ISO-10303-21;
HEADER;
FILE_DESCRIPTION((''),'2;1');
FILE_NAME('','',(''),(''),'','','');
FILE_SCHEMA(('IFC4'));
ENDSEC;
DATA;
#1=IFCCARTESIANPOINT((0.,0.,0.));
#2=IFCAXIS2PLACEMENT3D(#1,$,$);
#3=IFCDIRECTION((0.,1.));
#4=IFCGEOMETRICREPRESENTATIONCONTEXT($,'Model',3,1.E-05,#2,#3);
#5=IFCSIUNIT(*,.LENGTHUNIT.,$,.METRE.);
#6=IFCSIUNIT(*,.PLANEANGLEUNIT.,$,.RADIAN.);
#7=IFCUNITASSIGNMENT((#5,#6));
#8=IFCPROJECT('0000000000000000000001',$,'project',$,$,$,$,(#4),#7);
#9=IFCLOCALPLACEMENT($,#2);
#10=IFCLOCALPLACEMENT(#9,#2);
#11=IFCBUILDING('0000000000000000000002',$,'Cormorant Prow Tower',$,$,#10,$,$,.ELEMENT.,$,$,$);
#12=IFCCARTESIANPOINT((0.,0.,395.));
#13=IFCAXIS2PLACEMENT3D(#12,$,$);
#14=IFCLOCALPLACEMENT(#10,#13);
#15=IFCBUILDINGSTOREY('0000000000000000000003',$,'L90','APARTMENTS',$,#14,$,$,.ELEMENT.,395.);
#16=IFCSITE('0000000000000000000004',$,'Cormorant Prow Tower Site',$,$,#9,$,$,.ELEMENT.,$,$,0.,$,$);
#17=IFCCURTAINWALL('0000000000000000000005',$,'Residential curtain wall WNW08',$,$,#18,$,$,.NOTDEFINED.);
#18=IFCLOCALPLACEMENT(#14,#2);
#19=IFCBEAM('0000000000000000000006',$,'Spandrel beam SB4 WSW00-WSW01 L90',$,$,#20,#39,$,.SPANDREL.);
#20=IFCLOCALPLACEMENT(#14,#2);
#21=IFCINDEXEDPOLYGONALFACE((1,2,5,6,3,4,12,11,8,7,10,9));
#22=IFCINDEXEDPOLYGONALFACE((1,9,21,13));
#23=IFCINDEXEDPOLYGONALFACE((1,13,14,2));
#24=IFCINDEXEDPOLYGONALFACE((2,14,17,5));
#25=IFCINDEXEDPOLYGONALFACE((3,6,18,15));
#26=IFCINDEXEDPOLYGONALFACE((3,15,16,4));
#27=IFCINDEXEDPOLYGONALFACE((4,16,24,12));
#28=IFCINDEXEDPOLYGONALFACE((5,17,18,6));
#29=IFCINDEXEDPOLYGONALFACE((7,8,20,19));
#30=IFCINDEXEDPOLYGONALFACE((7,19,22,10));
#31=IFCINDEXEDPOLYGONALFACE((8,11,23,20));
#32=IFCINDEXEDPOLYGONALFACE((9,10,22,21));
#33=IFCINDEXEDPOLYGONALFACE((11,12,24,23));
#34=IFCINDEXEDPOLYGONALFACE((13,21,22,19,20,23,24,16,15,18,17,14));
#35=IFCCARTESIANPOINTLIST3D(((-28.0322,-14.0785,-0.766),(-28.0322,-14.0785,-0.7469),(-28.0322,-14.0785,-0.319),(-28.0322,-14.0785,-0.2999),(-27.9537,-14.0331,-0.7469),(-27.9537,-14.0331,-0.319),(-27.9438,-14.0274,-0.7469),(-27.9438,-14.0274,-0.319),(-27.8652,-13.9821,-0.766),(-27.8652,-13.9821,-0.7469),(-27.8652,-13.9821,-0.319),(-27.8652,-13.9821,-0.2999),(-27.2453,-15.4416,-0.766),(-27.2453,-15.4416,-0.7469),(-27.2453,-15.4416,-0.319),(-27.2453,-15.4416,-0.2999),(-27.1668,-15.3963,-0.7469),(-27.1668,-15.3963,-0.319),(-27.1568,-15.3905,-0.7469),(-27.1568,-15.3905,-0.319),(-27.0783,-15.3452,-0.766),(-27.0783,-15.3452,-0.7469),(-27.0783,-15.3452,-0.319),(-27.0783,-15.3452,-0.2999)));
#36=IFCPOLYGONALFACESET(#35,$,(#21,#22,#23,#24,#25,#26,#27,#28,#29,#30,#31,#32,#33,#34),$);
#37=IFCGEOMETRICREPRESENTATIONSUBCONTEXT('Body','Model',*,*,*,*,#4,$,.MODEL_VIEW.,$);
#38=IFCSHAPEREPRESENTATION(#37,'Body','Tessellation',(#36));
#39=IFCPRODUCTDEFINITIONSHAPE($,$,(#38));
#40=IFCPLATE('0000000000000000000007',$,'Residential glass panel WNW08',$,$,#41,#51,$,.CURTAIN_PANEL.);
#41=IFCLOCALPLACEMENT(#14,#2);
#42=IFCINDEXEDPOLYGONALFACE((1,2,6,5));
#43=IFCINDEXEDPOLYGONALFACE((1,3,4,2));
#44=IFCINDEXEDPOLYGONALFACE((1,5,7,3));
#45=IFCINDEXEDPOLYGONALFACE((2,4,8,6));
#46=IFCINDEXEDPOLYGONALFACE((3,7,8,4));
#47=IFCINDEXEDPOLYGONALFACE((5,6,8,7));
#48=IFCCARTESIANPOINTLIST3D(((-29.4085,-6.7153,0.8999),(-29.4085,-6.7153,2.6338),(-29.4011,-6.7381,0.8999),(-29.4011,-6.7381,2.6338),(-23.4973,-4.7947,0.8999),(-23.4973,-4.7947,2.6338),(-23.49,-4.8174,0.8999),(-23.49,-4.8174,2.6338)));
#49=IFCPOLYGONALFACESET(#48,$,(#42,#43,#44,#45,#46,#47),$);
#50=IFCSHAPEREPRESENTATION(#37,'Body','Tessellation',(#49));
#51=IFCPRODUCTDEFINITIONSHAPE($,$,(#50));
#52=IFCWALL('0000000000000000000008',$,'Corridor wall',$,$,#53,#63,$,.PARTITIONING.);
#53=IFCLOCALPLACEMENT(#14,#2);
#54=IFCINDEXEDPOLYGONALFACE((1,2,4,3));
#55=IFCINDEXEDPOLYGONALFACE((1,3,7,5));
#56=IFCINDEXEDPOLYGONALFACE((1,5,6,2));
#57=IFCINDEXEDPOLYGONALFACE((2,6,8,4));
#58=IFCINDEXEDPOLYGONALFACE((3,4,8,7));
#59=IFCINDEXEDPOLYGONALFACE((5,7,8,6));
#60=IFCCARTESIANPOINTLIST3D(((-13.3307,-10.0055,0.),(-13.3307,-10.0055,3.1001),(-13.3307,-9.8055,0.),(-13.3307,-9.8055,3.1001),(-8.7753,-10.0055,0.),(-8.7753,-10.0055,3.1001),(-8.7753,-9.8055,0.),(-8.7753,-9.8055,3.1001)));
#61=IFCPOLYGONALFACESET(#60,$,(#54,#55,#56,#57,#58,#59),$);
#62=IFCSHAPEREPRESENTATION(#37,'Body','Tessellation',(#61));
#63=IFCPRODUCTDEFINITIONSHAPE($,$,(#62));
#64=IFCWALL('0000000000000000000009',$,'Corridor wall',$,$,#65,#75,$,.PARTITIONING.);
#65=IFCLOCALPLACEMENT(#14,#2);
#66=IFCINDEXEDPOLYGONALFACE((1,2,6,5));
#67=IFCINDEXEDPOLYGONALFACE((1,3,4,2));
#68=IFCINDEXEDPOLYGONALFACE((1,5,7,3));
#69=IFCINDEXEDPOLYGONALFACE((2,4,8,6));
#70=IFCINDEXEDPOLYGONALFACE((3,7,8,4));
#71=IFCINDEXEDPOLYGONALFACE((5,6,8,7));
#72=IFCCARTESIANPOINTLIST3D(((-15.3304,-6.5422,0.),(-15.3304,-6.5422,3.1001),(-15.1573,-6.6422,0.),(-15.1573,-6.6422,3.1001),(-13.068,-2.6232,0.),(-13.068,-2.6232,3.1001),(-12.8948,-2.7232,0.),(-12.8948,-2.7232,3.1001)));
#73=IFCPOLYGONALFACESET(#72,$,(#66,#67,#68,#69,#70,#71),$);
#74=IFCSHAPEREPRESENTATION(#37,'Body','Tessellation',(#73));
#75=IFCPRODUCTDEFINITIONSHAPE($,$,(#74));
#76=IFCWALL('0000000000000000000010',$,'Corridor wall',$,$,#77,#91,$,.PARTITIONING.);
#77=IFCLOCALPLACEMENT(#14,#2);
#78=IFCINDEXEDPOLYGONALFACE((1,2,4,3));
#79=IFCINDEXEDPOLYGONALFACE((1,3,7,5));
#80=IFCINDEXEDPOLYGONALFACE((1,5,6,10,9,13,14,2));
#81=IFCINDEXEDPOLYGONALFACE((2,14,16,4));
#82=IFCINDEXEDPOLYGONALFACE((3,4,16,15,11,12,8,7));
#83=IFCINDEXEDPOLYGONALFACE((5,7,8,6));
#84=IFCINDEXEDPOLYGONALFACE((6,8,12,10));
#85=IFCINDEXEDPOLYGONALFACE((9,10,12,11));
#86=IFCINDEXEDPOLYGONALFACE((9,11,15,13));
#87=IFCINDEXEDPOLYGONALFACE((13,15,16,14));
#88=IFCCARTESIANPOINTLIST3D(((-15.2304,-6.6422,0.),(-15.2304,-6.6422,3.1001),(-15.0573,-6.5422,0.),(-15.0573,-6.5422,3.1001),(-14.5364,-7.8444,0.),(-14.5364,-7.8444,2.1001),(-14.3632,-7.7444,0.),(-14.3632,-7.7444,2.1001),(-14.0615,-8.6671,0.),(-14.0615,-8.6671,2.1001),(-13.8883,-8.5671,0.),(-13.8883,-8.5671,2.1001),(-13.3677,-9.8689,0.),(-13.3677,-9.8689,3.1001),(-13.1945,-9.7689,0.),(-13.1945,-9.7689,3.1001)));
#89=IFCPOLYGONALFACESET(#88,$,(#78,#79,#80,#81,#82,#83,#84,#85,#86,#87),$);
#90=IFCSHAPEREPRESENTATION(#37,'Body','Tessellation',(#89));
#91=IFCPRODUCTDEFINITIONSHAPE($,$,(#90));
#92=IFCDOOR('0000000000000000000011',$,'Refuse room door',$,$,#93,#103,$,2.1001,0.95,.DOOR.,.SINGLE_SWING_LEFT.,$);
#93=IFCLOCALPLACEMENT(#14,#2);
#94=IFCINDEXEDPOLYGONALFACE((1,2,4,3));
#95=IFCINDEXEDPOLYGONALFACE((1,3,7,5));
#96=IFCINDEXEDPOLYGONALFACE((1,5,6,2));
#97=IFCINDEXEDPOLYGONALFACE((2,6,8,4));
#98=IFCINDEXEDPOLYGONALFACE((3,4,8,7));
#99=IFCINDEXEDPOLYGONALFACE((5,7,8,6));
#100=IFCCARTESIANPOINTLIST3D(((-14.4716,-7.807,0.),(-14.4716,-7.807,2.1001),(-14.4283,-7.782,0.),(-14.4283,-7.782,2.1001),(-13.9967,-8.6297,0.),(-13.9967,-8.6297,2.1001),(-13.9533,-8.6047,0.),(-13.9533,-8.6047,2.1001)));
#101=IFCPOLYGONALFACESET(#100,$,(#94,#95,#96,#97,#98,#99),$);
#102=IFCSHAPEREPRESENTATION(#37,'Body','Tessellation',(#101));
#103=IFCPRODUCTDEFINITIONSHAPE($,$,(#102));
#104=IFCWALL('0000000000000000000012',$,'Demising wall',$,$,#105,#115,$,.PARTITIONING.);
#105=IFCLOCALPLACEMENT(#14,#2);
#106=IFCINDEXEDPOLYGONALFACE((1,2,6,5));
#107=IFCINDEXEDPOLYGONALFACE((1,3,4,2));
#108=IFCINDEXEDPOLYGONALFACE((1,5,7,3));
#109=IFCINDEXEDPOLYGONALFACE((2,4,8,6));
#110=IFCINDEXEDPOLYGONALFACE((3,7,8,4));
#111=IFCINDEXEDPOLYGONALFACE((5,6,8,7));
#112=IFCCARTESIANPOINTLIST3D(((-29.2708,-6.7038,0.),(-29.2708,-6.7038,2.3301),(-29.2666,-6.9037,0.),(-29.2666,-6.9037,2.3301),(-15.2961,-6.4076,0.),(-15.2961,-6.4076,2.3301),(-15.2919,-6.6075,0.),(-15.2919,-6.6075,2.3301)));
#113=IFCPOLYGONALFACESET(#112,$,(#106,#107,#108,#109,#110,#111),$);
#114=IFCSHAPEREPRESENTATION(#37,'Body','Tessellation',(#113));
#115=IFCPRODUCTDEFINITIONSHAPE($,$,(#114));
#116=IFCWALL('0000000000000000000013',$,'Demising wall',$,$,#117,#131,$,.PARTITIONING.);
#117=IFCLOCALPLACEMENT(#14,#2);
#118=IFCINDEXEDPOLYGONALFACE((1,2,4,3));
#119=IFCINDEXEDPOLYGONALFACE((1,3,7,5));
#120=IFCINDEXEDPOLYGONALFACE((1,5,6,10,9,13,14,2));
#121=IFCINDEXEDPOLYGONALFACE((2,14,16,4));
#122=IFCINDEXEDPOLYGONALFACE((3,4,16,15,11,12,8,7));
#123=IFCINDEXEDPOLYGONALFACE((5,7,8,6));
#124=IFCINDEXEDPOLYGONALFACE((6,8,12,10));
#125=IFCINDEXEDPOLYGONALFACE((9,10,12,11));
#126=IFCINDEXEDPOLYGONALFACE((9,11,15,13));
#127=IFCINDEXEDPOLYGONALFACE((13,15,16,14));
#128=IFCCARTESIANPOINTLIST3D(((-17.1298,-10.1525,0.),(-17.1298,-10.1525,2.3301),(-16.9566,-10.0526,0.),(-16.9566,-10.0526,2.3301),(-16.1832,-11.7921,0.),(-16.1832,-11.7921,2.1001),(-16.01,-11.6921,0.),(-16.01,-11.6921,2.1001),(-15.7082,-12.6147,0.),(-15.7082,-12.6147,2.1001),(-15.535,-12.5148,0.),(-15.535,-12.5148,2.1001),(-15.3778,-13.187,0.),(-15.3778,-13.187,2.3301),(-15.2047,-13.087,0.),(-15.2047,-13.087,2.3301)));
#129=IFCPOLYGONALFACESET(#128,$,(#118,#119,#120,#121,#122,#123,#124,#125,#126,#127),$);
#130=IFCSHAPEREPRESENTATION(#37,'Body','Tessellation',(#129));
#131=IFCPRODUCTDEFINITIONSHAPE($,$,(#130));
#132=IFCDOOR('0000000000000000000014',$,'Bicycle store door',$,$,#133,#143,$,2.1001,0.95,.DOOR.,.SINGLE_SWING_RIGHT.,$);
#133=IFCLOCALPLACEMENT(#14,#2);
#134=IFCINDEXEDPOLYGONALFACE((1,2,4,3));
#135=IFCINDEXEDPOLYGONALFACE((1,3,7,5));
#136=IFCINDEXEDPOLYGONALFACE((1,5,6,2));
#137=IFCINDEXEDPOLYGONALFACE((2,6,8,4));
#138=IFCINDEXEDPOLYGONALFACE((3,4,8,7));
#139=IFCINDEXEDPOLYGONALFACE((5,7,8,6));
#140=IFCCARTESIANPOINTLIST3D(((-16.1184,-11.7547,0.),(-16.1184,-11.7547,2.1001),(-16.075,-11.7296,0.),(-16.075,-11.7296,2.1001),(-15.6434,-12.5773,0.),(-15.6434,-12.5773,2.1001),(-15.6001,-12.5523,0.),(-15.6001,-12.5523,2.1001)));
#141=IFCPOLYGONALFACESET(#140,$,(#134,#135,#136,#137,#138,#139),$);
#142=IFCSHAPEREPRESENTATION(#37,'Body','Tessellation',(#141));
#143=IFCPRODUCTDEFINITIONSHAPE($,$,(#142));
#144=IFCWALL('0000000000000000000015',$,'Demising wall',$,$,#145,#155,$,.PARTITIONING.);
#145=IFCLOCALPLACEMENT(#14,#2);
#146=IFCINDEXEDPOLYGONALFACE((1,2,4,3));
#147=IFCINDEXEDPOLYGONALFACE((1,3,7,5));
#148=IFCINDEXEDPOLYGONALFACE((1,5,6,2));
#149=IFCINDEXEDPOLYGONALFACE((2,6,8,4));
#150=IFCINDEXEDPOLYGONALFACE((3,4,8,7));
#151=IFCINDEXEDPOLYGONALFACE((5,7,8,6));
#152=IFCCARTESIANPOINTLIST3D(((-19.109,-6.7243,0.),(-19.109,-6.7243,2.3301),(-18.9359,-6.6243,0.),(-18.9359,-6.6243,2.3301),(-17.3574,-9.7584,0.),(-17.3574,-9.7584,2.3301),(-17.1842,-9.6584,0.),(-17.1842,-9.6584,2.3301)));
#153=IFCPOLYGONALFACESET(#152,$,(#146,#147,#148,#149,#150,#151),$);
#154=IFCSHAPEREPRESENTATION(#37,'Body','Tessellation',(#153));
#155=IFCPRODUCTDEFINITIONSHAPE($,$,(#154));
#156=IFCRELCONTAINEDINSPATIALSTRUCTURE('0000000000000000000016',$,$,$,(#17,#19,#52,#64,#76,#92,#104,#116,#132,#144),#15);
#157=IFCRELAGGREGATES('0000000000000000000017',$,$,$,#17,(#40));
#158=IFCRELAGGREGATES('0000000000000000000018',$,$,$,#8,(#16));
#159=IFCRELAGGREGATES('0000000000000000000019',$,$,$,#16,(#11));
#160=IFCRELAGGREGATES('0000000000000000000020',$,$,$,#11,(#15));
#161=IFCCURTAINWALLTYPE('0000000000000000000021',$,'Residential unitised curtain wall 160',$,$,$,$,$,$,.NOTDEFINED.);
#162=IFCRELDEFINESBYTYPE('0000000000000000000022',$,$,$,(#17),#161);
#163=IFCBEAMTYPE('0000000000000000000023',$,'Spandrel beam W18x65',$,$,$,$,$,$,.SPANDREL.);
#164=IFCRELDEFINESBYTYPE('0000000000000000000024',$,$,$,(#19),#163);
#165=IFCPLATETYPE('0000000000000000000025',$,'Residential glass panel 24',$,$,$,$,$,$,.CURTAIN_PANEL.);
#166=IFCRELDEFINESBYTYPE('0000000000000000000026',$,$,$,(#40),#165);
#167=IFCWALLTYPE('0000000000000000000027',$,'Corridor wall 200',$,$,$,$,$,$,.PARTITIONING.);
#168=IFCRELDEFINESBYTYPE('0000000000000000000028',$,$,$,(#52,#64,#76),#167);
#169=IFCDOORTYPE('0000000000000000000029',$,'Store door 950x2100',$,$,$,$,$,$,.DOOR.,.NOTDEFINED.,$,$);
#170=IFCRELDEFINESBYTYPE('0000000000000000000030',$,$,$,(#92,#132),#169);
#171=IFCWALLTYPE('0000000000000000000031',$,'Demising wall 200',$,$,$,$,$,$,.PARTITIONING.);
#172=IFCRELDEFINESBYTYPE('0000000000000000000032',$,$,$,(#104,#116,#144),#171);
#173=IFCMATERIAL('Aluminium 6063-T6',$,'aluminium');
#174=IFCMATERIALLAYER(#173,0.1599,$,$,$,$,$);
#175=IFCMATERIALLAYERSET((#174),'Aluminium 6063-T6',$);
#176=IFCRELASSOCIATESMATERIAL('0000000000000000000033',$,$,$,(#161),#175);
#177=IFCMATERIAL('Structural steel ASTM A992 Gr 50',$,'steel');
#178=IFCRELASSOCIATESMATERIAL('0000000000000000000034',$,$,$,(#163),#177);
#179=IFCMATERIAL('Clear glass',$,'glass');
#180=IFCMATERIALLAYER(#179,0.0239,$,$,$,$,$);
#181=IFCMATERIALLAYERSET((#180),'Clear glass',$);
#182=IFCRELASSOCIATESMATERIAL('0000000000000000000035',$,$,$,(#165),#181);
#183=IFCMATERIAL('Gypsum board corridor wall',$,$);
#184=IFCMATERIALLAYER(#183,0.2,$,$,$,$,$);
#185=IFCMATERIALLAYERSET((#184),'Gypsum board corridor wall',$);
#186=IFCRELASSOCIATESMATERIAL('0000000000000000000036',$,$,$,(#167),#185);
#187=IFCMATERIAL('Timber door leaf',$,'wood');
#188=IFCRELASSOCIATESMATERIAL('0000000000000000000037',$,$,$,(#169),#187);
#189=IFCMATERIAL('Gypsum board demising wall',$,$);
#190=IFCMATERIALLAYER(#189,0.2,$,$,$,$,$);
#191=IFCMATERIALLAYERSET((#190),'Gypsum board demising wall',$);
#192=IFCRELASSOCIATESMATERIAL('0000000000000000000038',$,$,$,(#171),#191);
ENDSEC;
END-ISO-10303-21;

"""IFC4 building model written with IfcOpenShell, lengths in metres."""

from ifc_helpers import new_model, si_unit, direction, frame, frame_2d, origin, origin_2d, place, context, subcontext, project, spatial, rectangle, i_section, extrude, material, layer, layer_set, material_profile, profile_set, type_object, element, fill, aggregate, save


model = new_model("IFC4")

# Units and contexts
model_context = context("Model", 3, precision=1e-05, world=origin(), true_north=direction((0.0, 1.0)))
body_context = subcontext(model_context, "Body", "Model", "MODEL_VIEW")
ifc_project = project(units=[si_unit("LENGTHUNIT", "METRE"), si_unit("PLANEANGLEUNIT", "RADIAN")], contexts=[model_context])

# Site, building, storey
site_placement = place(None, origin())
site = spatial("IfcSite", under=ifc_project, at=site_placement, Name="Cormorant Prow Tower Site", CompositionType="ELEMENT", RefElevation=0.0)
building_placement = place(site_placement, origin())
building = spatial("IfcBuilding", under=site, at=building_placement, Name="Cormorant Prow Tower", CompositionType="ELEMENT")
storey_placement = place(building_placement, frame((0.0, 0.0, 395.0)))
storey = spatial("IfcBuildingStorey", under=building, at=storey_placement, Name="L90", Description="APARTMENTS", CompositionType="ELEMENT", Elevation=395.0)

# Curtain wall
ifc_material_1 = material(Name="Aluminium 6063-T6", Category="aluminium")
ifc_layer_1 = layer(ifc_material_1, 0.1599)
ifc_layer_set_1 = layer_set([ifc_layer_1], Name="Aluminium 6063-T6")
curtain_wall_type = type_object("IfcCurtainWallType", Name="Residential unitised curtain wall 160", PredefinedType="NOTDEFINED", material=ifc_layer_set_1)
curtain_wall_placement = place(storey_placement, origin())
curtain_wall = element("IfcCurtainWall", 1, at=curtain_wall_placement, inside=storey, type_object=curtain_wall_type, Name="Residential curtain wall WNW08", PredefinedType="NOTDEFINED")

# Beam
ifc_material_2 = material(Name="Structural steel ASTM A992 Gr 50", Category="steel")
ifc_material_profile_1 = material_profile(ifc_material_2, i_section(OverallWidth=0.1929, OverallDepth=0.4661, WebThickness=0.0115, FlangeThickness=0.019, at=origin_2d()), Name="W18x65")
ifc_profile_set_1 = profile_set([ifc_material_profile_1], Name="Structural steel ASTM A992 Gr 50")
beam_type_1 = type_object("IfcBeamType", Name="Spandrel beam W18x65", PredefinedType="SPANDREL", material=ifc_profile_set_1)
beam_1_placement = place(storey_placement, frame((-27.9487, -14.0303, -0.533), z_axis=(0.49996, -0.866049, 0.0), x_axis=(0.866049, 0.49996, 0.0)))
element("IfcBeam", 2, at=beam_1_placement, inside=storey, type_object=beam_type_1, Name="Spandrel beam SB4 WSW00-WSW01 L90", PredefinedType="SPANDREL", context=body_context, shape_type="SweptSolid", body=[
    extrude(i_section(OverallWidth=0.1929, OverallDepth=0.4661, WebThickness=0.0115, FlangeThickness=0.019, at=origin_2d()), origin(), (0.0, 0.0, 1.0), 1.574),
])

# Plate
ifc_material_3 = material(Name="Clear glass", Category="glass")
ifc_layer_2 = layer(ifc_material_3, 0.0239)
ifc_layer_set_2 = layer_set([ifc_layer_2], Name="Clear glass")
plate_type = type_object("IfcPlateType", Name="Residential glass panel 24", PredefinedType="CURTAIN_PANEL", material=ifc_layer_set_2)
plate_placement = place(storey_placement, frame((-26.4492, -5.7664, 0.8999), z_axis=(0.0, 0.0, 1.0), x_axis=(-0.951056, -0.309017, 0.0)))
plate = element("IfcPlate", 3, at=plate_placement, type_object=plate_type, Name="Residential glass panel WNW08", PredefinedType="CURTAIN_PANEL", context=body_context, shape_type="SweptSolid", body=[
    extrude(rectangle(XDim=6.2153, YDim=0.0239, at=origin_2d()), origin(), (0.0, 0.0, 1.0), 1.7339),
])
aggregate(curtain_wall, [plate])

# Walls
ifc_material_4 = material(Name="Gypsum board corridor wall")
ifc_layer_3 = layer(ifc_material_4, 0.2)
ifc_layer_set_3 = layer_set([ifc_layer_3], Name="Gypsum board corridor wall")
wall_type_1 = type_object("IfcWallType", Name="Corridor wall 200", PredefinedType="PARTITIONING", material=ifc_layer_set_3)
wall_1_placement = place(storey_placement, frame((-13.3308, -9.9055, 0.0), z_axis=(0.0, 0.0, 1.0), x_axis=(1.0, 0.0, 0.0)))
element("IfcWall", 4, at=wall_1_placement, inside=storey, type_object=wall_type_1, Name="Corridor wall", PredefinedType="PARTITIONING", context=body_context, shape_type="SweptSolid", body=[
    extrude(rectangle(XDim=4.5554, YDim=0.2, at=frame_2d((2.2778, 0.0))), origin(), (0.0, 0.0, 1.0), 3.1001),
])
wall_2_placement = place(storey_placement, frame((-15.2439, -6.5923, 0.0), z_axis=(0.0, 0.0, 1.0), x_axis=(0.499975, 0.86604, 0.0)))
element("IfcWall", 5, at=wall_2_placement, inside=storey, type_object=wall_type_1, Name="Corridor wall", PredefinedType="PARTITIONING", context=body_context, shape_type="SweptSolid", body=[
    extrude(rectangle(XDim=4.5251, YDim=0.2, at=frame_2d((2.2627, 0.0))), origin(), (0.0, 0.0, 1.0), 3.1001),
])

# Wall, opening, door
wall_3_placement = place(storey_placement, frame((-15.1438, -6.5923, 0.0), z_axis=(0.0, 0.0, 1.0), x_axis=(0.499959, -0.866049, 0.0)))
wall_3 = element("IfcWall", 6, at=wall_3_placement, inside=storey, type_object=wall_type_1, Name="Corridor wall", PredefinedType="PARTITIONING", context=body_context, shape_type="SweptSolid", body=[
    extrude(rectangle(XDim=3.7258, YDim=0.2, at=frame_2d((1.8628, 0.0))), origin(), (0.0, 0.0, 1.0), 3.1001),
])
opening_1_placement = place(wall_3_placement, frame((1.3879, 0.0, 0.0)))
opening_1 = element("IfcOpeningElement", 7, at=opening_1_placement, cuts=wall_3, PredefinedType="OPENING", context=body_context, shape_type="SweptSolid", body=[
    extrude(rectangle(XDim=0.95, YDim=2.1001, at=frame_2d((0.4751, 1.05))), frame((0.0, 0.1099, 0.0), z_axis=(0.0, -1.0, 0.0), x_axis=(1.0, 0.0, 0.0)), (0.0, 0.0, 1.0), 0.22),
])
ifc_material_5 = material(Name="Timber door leaf", Category="wood")
door_type_1 = type_object("IfcDoorType", Name="Store door 950x2100", OperationType="NOTDEFINED", PredefinedType="DOOR", material=ifc_material_5)
door_1_placement = place(opening_1_placement, origin())
door_1 = element("IfcDoor", 8, at=door_1_placement, inside=storey, type_object=door_type_1, Name="Refuse room door", OperationType="SINGLE_SWING_LEFT", OverallHeight=2.1001, OverallWidth=0.95, PredefinedType="DOOR", context=body_context, shape_type="SweptSolid", body=[
    extrude(rectangle(XDim=0.95, YDim=2.1001, at=frame_2d((0.4751, 1.05))), frame((0.0, 0.0249, 0.0), z_axis=(0.0, -1.0, 0.0), x_axis=(1.0, 0.0, 0.0)), (0.0, 0.0, 1.0), 0.05),
])
fill(opening_1, door_1)

# Wall
ifc_material_6 = material(Name="Gypsum board demising wall")
ifc_layer_4 = layer(ifc_material_6, 0.2)
ifc_layer_set_4 = layer_set([ifc_layer_4], Name="Gypsum board demising wall")
wall_type_2 = type_object("IfcWallType", Name="Demising wall 200", PredefinedType="PARTITIONING", material=ifc_layer_set_4)
wall_4_placement = place(storey_placement, frame((-29.2686, -6.8037, 0.0), z_axis=(0.0, 0.0, 1.0), x_axis=(0.999776, 0.021187, 0.0)))
element("IfcWall", 9, at=wall_4_placement, inside=storey, type_object=wall_type_2, Name="Demising wall", PredefinedType="PARTITIONING", context=body_context, shape_type="SweptSolid", body=[
    extrude(rectangle(XDim=13.9778, YDim=0.2, at=frame_2d((6.9888, 0.0))), origin(), (0.0, 0.0, 1.0), 2.3301),
])

# Wall, opening, door
wall_5_placement = place(storey_placement, frame((-17.0432, -10.1025, 0.0), z_axis=(0.0, 0.0, 1.0), x_axis=(0.500006, -0.866022, 0.0)))
wall_5 = element("IfcWall", 10, at=wall_5_placement, inside=storey, type_object=wall_type_2, Name="Demising wall", PredefinedType="PARTITIONING", context=body_context, shape_type="SweptSolid", body=[
    extrude(rectangle(XDim=3.5039, YDim=0.2, at=frame_2d((1.752, 0.0))), origin(), (0.0, 0.0, 1.0), 2.3301),
])
opening_2_placement = place(wall_5_placement, frame((1.8931, 0.0, 0.0)))
opening_2 = element("IfcOpeningElement", 11, at=opening_2_placement, cuts=wall_5, PredefinedType="OPENING", context=body_context, shape_type="SweptSolid", body=[
    extrude(rectangle(XDim=0.95, YDim=2.1001, at=frame_2d((0.4751, 1.05))), frame((0.0, 0.1099, 0.0), z_axis=(0.0, -1.0, 0.0), x_axis=(1.0, 0.0, 0.0)), (0.0, 0.0, 1.0), 0.22),
])
door_2_placement = place(opening_2_placement, origin())
door_2 = element("IfcDoor", 12, at=door_2_placement, inside=storey, type_object=door_type_1, Name="Bicycle store door", OperationType="SINGLE_SWING_RIGHT", OverallHeight=2.1001, OverallWidth=0.95, PredefinedType="DOOR", context=body_context, shape_type="SweptSolid", body=[
    extrude(rectangle(XDim=0.95, YDim=2.1001, at=frame_2d((0.4751, 1.05))), frame((0.0, 0.0249, 0.0), z_axis=(0.0, -1.0, 0.0), x_axis=(1.0, 0.0, 0.0)), (0.0, 0.0, 1.0), 0.05),
])
fill(opening_2, door_2)

# Wall
wall_6_placement = place(storey_placement, frame((-19.0225, -6.6743, 0.0), z_axis=(0.0, 0.0, 1.0), x_axis=(0.499984, -0.866035, 0.0)))
element("IfcWall", 13, at=wall_6_placement, inside=storey, type_object=wall_type_2, Name="Demising wall", PredefinedType="PARTITIONING", context=body_context, shape_type="SweptSolid", body=[
    extrude(rectangle(XDim=3.5034, YDim=0.2, at=frame_2d((1.7517, 0.0))), origin(), (0.0, 0.0, 1.0), 2.3301),
])

save(model, "model.ifc")
